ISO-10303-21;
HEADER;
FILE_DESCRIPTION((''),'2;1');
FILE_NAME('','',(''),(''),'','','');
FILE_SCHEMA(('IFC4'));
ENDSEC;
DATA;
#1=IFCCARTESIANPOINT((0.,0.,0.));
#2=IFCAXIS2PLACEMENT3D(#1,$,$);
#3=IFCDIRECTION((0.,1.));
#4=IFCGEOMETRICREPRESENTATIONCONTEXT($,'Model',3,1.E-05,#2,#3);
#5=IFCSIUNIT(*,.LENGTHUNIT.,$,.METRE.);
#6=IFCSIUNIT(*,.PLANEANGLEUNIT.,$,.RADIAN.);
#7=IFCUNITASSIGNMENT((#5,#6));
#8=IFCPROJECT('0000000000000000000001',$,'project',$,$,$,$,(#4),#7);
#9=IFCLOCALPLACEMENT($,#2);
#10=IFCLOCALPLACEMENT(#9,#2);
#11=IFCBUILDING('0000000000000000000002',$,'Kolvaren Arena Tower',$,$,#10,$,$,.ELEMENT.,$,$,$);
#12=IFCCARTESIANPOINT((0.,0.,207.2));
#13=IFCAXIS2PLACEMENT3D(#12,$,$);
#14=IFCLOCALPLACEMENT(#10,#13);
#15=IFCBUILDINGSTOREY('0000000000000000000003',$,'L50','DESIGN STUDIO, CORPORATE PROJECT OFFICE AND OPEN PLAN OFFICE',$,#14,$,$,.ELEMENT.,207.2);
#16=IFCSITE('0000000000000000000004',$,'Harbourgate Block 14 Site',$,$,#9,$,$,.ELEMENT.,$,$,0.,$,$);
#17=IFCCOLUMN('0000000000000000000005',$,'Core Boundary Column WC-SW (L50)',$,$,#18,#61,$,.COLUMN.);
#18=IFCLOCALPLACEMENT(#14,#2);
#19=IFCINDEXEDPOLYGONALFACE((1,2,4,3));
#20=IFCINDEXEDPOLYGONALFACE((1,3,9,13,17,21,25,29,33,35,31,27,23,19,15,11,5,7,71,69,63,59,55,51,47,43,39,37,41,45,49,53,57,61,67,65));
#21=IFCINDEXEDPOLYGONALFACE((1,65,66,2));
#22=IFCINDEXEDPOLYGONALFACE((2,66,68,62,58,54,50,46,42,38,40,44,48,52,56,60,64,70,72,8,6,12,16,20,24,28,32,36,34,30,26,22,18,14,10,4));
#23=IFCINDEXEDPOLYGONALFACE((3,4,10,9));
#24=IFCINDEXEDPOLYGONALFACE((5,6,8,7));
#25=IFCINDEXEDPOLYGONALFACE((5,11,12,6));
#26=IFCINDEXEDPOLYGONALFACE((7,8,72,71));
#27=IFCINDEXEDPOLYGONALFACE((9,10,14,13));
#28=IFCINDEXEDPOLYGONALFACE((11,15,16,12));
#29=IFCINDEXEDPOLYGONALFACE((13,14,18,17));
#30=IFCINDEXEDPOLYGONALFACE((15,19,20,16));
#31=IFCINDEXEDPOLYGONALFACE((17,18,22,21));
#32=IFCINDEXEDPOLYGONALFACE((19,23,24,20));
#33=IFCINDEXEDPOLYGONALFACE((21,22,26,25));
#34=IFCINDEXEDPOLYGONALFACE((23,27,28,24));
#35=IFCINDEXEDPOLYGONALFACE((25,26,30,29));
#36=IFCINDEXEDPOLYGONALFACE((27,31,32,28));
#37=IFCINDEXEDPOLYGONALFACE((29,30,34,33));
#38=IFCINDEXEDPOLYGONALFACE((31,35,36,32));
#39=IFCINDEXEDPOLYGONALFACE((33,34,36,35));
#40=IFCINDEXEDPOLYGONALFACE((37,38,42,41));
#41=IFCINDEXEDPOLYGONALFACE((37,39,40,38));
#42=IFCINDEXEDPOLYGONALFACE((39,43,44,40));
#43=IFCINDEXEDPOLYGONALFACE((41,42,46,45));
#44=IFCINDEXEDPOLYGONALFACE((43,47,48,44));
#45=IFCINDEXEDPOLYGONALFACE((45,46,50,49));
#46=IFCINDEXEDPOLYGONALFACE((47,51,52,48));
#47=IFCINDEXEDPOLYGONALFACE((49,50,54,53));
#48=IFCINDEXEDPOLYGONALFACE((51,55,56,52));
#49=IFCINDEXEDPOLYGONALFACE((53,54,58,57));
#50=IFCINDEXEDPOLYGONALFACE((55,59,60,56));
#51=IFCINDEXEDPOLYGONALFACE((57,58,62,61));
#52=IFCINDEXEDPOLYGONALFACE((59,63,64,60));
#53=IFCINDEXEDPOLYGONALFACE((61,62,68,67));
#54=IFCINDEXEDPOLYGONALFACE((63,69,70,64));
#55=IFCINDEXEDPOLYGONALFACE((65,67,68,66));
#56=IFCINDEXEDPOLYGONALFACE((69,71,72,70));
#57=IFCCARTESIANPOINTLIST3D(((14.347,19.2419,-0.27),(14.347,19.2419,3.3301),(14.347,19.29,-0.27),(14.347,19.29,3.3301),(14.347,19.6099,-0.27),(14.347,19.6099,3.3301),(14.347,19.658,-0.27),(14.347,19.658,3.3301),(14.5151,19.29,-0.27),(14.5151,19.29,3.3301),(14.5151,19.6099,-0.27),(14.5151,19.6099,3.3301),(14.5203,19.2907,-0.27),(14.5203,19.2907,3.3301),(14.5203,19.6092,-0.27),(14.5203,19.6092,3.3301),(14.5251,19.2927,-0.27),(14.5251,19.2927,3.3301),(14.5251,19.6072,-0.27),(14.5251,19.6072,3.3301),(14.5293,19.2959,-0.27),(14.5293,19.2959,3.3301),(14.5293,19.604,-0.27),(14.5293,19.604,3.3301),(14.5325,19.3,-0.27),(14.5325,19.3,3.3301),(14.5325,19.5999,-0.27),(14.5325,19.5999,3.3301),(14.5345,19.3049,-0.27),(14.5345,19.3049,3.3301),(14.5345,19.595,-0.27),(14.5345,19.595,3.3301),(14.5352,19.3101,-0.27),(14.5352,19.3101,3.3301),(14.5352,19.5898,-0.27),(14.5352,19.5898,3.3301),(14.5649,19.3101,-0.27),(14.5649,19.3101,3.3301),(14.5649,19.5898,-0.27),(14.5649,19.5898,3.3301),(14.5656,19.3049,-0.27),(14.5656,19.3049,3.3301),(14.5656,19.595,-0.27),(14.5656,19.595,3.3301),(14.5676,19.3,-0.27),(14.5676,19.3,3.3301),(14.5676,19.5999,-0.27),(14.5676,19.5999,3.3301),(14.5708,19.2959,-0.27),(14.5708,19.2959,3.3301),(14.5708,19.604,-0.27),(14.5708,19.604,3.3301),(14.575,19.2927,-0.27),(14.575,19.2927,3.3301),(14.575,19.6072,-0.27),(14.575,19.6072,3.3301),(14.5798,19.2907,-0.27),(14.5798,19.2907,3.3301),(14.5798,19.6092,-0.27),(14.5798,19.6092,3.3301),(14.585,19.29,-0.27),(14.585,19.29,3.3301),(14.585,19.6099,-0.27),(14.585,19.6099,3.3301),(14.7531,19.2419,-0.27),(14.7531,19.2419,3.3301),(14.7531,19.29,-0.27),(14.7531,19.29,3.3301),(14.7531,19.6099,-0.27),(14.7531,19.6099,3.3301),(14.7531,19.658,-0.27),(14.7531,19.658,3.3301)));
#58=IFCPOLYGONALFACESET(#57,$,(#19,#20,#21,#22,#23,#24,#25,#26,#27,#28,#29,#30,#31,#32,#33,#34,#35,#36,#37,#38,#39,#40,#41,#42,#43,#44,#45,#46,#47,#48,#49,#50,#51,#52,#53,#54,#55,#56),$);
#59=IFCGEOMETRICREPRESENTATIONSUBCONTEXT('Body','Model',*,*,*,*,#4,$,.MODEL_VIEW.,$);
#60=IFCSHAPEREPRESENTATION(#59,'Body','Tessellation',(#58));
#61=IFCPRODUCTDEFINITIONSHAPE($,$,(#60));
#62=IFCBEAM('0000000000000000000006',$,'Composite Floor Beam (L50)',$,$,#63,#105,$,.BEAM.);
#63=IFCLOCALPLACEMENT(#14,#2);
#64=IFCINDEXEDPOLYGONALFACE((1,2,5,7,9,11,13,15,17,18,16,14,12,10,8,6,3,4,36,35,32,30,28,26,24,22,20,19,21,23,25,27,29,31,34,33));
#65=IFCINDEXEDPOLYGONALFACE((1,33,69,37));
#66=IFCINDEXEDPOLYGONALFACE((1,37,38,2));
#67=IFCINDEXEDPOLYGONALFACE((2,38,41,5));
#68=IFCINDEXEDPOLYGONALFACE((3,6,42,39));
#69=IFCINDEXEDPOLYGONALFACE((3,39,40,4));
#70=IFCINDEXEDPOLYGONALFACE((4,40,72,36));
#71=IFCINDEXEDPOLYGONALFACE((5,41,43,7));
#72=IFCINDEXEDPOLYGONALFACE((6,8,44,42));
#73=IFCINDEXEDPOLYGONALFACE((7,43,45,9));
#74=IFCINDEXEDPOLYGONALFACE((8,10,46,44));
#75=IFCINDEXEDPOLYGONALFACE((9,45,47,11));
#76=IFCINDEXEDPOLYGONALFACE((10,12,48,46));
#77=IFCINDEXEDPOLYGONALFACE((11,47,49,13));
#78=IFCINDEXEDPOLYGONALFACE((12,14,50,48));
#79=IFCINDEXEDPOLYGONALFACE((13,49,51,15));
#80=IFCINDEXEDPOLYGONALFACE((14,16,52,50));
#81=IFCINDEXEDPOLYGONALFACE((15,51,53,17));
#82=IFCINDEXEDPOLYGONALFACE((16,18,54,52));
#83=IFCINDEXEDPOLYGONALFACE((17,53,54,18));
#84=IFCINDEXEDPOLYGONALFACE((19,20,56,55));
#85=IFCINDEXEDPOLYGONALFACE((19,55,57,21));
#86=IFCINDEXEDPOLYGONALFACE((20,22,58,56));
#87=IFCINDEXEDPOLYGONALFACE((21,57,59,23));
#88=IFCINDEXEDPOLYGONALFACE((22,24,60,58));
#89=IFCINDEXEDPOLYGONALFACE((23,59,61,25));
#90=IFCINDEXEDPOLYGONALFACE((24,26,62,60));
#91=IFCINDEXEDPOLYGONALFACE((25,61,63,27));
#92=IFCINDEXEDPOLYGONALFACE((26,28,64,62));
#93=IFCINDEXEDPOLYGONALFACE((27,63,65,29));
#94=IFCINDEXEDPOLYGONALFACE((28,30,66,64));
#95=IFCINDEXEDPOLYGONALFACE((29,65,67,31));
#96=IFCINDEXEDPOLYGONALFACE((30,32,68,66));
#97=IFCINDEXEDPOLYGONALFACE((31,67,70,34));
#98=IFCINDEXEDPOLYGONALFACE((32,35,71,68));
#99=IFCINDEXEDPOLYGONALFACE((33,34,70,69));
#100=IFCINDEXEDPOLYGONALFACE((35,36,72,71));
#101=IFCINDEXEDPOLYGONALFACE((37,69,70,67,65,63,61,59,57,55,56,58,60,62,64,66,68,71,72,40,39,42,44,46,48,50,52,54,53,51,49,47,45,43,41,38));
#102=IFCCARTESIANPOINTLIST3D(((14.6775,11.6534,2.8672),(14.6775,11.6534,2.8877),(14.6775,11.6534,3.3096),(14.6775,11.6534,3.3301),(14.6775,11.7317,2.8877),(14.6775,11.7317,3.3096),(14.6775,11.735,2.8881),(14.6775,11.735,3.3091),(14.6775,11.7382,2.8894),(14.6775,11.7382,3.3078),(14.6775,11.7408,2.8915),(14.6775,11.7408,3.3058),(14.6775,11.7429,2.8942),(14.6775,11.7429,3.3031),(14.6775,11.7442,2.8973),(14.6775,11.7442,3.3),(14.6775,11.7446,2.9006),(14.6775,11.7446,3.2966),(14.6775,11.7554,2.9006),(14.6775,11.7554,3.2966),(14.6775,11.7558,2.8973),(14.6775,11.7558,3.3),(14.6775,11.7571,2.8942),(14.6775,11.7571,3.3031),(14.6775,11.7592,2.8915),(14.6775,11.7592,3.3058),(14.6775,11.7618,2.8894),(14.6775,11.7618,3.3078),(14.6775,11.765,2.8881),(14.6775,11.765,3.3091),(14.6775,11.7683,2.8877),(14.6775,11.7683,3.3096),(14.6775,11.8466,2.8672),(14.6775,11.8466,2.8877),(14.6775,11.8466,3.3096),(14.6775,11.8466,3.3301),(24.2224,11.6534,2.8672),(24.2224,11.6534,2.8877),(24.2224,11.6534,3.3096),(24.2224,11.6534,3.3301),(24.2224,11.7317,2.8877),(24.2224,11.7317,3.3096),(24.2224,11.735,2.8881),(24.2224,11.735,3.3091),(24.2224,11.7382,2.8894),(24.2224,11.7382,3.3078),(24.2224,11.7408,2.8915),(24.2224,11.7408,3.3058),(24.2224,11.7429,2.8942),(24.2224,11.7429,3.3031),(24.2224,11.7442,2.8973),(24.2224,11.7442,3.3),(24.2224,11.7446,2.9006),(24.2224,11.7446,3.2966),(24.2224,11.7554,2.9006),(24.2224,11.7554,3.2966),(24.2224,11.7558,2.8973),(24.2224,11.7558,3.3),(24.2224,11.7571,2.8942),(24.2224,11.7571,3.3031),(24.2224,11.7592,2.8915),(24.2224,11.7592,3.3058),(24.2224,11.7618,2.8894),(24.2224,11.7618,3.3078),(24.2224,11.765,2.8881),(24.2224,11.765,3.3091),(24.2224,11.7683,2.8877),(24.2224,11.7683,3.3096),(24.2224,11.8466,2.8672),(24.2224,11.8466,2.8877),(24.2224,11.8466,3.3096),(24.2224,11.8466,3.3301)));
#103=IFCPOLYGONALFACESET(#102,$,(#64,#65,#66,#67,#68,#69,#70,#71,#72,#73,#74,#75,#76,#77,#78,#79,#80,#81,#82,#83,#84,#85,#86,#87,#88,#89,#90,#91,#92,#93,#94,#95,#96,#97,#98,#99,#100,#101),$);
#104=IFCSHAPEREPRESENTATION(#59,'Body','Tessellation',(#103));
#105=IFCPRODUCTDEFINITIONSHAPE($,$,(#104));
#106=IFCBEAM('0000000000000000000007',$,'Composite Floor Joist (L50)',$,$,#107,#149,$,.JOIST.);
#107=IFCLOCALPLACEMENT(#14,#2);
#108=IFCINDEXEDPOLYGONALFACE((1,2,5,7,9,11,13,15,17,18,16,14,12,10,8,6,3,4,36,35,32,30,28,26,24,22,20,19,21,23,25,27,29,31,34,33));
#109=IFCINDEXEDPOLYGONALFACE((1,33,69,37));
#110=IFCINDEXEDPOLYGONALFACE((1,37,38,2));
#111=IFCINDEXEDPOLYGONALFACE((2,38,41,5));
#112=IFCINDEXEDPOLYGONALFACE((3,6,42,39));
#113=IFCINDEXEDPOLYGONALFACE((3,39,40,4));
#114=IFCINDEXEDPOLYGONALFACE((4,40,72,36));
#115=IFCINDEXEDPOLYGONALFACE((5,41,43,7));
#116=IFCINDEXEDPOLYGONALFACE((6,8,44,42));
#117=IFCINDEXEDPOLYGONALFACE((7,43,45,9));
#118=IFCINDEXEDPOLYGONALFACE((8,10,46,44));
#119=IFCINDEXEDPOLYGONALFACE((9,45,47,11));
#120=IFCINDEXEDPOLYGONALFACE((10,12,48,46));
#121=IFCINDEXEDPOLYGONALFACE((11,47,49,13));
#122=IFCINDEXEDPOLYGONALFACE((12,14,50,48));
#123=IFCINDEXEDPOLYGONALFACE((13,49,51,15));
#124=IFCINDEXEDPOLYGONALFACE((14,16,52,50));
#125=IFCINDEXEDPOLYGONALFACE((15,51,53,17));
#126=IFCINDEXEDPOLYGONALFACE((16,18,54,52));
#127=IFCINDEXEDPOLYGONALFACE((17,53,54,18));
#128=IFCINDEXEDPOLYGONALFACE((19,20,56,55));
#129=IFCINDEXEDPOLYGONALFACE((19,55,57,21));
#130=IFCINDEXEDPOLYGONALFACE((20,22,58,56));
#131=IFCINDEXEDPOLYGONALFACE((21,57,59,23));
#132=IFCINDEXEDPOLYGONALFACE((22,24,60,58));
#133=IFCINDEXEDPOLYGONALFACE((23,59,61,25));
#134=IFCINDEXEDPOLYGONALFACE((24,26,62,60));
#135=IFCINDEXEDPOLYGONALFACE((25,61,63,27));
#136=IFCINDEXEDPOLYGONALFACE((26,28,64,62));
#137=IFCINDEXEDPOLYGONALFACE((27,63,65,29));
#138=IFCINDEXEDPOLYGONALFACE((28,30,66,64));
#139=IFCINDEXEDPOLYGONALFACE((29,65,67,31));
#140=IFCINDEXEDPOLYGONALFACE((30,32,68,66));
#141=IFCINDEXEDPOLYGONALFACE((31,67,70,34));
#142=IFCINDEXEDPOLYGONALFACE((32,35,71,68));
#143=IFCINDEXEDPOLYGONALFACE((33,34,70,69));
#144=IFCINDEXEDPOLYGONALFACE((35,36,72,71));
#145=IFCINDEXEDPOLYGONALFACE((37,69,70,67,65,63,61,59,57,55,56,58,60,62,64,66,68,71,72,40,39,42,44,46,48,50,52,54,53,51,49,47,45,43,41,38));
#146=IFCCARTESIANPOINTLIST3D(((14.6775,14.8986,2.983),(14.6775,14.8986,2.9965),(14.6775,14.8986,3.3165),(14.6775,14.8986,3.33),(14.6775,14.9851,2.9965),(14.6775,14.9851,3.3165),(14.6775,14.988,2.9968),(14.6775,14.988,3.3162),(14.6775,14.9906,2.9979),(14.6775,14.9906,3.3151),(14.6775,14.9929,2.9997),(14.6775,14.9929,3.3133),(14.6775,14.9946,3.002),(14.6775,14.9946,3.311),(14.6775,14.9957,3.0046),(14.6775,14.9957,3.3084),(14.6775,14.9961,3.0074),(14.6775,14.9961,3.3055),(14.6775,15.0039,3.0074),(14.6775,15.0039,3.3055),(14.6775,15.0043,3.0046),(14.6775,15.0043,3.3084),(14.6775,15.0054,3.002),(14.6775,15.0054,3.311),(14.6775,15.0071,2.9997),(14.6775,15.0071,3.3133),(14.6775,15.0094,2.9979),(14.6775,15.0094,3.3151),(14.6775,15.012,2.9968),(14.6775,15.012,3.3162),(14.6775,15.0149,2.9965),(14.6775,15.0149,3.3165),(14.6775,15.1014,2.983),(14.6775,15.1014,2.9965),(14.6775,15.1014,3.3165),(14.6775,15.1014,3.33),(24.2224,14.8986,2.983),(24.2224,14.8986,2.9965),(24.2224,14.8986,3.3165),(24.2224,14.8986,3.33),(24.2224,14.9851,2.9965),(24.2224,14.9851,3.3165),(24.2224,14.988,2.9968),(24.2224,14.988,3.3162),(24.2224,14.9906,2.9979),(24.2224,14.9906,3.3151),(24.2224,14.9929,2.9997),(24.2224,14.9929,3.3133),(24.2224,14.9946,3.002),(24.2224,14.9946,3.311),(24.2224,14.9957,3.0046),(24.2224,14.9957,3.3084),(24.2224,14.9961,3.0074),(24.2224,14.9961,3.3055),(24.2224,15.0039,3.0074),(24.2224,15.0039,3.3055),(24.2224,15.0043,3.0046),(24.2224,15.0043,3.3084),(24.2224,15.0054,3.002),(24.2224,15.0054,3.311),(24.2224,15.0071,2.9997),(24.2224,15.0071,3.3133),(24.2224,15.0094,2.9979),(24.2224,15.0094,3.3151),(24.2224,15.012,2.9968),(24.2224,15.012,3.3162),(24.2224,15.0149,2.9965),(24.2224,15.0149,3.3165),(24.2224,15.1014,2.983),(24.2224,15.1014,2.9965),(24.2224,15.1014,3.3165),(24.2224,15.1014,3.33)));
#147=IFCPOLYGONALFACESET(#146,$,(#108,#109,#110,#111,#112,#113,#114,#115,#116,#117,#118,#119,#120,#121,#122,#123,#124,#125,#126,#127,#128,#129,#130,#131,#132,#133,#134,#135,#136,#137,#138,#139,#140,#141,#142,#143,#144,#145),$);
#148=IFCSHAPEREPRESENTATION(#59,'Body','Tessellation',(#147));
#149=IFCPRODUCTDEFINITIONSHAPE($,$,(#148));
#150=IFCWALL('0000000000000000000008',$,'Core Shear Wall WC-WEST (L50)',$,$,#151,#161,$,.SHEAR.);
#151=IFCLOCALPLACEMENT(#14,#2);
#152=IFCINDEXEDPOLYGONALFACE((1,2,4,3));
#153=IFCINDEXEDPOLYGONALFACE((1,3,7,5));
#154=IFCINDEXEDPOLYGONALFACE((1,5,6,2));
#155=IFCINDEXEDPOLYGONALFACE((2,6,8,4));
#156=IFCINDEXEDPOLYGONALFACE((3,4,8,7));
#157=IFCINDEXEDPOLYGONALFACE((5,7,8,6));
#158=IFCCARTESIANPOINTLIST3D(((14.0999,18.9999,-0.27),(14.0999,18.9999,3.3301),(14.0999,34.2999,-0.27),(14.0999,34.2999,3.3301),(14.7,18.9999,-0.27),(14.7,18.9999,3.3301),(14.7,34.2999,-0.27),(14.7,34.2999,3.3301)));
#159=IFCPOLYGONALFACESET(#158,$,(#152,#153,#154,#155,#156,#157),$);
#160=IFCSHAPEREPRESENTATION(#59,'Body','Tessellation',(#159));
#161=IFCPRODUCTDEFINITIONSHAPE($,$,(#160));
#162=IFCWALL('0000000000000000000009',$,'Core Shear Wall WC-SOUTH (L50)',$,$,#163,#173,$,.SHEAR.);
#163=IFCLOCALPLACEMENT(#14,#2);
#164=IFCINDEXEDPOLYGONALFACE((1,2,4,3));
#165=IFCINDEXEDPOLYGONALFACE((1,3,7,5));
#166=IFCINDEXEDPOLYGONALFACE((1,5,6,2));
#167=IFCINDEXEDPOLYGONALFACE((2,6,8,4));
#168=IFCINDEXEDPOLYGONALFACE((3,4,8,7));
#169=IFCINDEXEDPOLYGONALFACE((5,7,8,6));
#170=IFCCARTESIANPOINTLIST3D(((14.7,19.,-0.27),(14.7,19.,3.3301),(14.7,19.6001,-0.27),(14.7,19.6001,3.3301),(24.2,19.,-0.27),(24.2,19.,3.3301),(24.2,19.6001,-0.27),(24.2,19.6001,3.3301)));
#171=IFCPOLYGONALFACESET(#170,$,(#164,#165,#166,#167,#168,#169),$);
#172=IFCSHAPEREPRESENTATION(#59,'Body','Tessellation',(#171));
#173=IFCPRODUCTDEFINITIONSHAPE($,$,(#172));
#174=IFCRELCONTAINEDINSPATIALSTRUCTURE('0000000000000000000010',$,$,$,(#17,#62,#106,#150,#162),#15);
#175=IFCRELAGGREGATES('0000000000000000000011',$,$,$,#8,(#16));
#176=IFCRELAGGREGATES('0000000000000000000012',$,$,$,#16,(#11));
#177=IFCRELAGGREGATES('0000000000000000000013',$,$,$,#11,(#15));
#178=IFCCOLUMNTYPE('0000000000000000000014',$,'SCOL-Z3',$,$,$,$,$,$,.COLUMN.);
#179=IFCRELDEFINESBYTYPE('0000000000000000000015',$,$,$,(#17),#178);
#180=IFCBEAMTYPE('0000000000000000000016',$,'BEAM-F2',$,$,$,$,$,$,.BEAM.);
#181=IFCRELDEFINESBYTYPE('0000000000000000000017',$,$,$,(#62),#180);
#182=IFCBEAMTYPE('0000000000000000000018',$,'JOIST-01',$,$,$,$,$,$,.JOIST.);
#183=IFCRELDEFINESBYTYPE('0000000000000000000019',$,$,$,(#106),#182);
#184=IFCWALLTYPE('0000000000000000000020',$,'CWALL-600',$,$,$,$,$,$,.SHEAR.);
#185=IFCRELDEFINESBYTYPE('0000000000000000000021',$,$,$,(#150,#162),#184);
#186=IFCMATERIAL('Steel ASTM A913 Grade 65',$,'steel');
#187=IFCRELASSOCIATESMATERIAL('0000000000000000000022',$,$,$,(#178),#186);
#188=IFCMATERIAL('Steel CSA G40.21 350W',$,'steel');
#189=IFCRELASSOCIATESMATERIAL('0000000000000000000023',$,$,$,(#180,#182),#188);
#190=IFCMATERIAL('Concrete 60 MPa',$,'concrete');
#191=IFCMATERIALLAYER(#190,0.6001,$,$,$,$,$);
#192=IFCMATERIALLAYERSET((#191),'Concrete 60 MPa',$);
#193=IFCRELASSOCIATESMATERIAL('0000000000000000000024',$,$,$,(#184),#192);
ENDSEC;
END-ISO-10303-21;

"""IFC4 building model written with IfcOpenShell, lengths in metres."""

from ifc_helpers import new_model, si_unit, direction, frame, frame_2d, origin, origin_2d, place, context, subcontext, project, spatial, rectangle, i_section, extrude, material, layer, layer_set, material_profile, profile_set, type_object, element, save


model = new_model("IFC4")

# Units and contexts
model_context = context("Model", 3, precision=1e-05, world=origin(), true_north=direction((0.0, 1.0)))
body_context = subcontext(model_context, "Body", "Model", "MODEL_VIEW")
ifc_project = project(units=[si_unit("LENGTHUNIT", "METRE"), si_unit("PLANEANGLEUNIT", "RADIAN")], contexts=[model_context])

# Site, building, storey
site_placement = place(None, origin())
site = spatial("IfcSite", under=ifc_project, at=site_placement, Name="Harbourgate Block 14 Site", CompositionType="ELEMENT", RefElevation=0.0)
building_placement = place(site_placement, origin())
building = spatial("IfcBuilding", under=site, at=building_placement, Name="Kolvaren Arena Tower", CompositionType="ELEMENT")
storey_placement = place(building_placement, frame((0.0, 0.0, 207.2)))
storey = spatial("IfcBuildingStorey", under=building, at=storey_placement, Name="L50", Description="DESIGN STUDIO, CORPORATE PROJECT OFFICE AND OPEN PLAN OFFICE", CompositionType="ELEMENT", Elevation=207.2)

# Column
ifc_material_1 = material(Name="Steel ASTM A913 Grade 65", Category="steel")
ifc_material_profile_1 = material_profile(ifc_material_1, i_section(OverallWidth=0.406, OverallDepth=0.416, WebThickness=0.0298, FlangeThickness=0.0481, FilletRadius=0.02, at=origin_2d()), Name="W360x382")
ifc_profile_set_1 = profile_set([ifc_material_profile_1], Name="Steel ASTM A913 Grade 65")
column_type = type_object("IfcColumnType", Name="SCOL-Z3", PredefinedType="COLUMN", material=ifc_profile_set_1)
column_placement = place(storey_placement, frame((14.55, 19.45, -0.27), z_axis=(0.0, 0.0, 1.0), x_axis=(1.0, 0.0, 0.0)))
element("IfcColumn", 1, at=column_placement, inside=storey, type_object=column_type, Name="Core Boundary Column WC-SW (L50)", PredefinedType="COLUMN", context=body_context, shape_type="SweptSolid", body=[
    extrude(i_section(OverallWidth=0.406, OverallDepth=0.416, WebThickness=0.0298, FlangeThickness=0.0481, FilletRadius=0.02, at=origin_2d()), origin(), (0.0, 0.0, 1.0), 3.6001),
])

# Beams
ifc_material_2 = material(Name="Steel CSA G40.21 350W", Category="steel")
ifc_material_profile_2 = material_profile(ifc_material_2, i_section(OverallWidth=0.1931, OverallDepth=0.4629, WebThickness=0.0107, FlangeThickness=0.0205, FilletRadius=0.0129, at=origin_2d()), Name="W460x113")
ifc_profile_set_2 = profile_set([ifc_material_profile_2], Name="Steel CSA G40.21 350W")
beam_type_1 = type_object("IfcBeamType", Name="BEAM-F2", PredefinedType="BEAM", material=ifc_profile_set_2)
beam_1_placement = place(storey_placement, frame((14.6775, 11.75, 3.0986), z_axis=(1.0, 0.0, 0.0), x_axis=(0.0, 1.0, 0.0)))
element("IfcBeam", 2, at=beam_1_placement, inside=storey, type_object=beam_type_1, Name="Composite Floor Beam (L50)", PredefinedType="BEAM", context=body_context, shape_type="SweptSolid", body=[
    extrude(i_section(OverallWidth=0.1931, OverallDepth=0.4629, WebThickness=0.0107, FlangeThickness=0.0205, FilletRadius=0.0129, at=origin_2d()), origin(), (0.0, 0.0, 1.0), 9.5449),
])
ifc_material_profile_3 = material_profile(ifc_material_2, i_section(OverallWidth=0.2029, OverallDepth=0.3469, WebThickness=0.0078, FlangeThickness=0.0134, FilletRadius=0.011, at=origin_2d()), Name="W360x64")
ifc_profile_set_3 = profile_set([ifc_material_profile_3], Name="Steel CSA G40.21 350W")
beam_type_2 = type_object("IfcBeamType", Name="JOIST-01", PredefinedType="JOIST", material=ifc_profile_set_3)
beam_2_placement = place(storey_placement, frame((14.6775, 15.0, 3.1565), z_axis=(1.0, 0.0, 0.0), x_axis=(0.0, 1.0, 0.0)))
element("IfcBeam", 3, at=beam_2_placement, inside=storey, type_object=beam_type_2, Name="Composite Floor Joist (L50)", PredefinedType="JOIST", context=body_context, shape_type="SweptSolid", body=[
    extrude(i_section(OverallWidth=0.2029, OverallDepth=0.3469, WebThickness=0.0078, FlangeThickness=0.0134, FilletRadius=0.011, at=origin_2d()), origin(), (0.0, 0.0, 1.0), 9.5449),
])

# Walls
ifc_material_3 = material(Name="Concrete 60 MPa", Category="concrete")
ifc_layer_1 = layer(ifc_material_3, 0.6001)
ifc_layer_set_1 = layer_set([ifc_layer_1], Name="Concrete 60 MPa")
wall_type_1 = type_object("IfcWallType", Name="CWALL-600", PredefinedType="SHEAR", material=ifc_layer_set_1)
wall_1_placement = place(storey_placement, frame((14.3999, 19.0, -0.27), z_axis=(0.0, 0.0, 1.0), x_axis=(0.0, 1.0, 0.0)))
element("IfcWall", 4, at=wall_1_placement, inside=storey, type_object=wall_type_1, Name="Core Shear Wall WC-WEST (L50)", PredefinedType="SHEAR", context=body_context, shape_type="SweptSolid", body=[
    extrude(rectangle(XDim=15.3, YDim=0.6001, at=frame_2d((7.6499, 0.0))), origin(), (0.0, 0.0, 1.0), 3.6001),
])
wall_2_placement = place(storey_placement, frame((14.7, 19.3, -0.27), z_axis=(0.0, 0.0, 1.0), x_axis=(1.0, 0.0, 0.0)))
element("IfcWall", 5, at=wall_2_placement, inside=storey, type_object=wall_type_1, Name="Core Shear Wall WC-SOUTH (L50)", PredefinedType="SHEAR", context=body_context, shape_type="SweptSolid", body=[
    extrude(rectangle(XDim=9.5, YDim=0.6001, at=frame_2d((4.75, 0.0))), origin(), (0.0, 0.0, 1.0), 3.6001),
])

save(model, "model.ifc")
